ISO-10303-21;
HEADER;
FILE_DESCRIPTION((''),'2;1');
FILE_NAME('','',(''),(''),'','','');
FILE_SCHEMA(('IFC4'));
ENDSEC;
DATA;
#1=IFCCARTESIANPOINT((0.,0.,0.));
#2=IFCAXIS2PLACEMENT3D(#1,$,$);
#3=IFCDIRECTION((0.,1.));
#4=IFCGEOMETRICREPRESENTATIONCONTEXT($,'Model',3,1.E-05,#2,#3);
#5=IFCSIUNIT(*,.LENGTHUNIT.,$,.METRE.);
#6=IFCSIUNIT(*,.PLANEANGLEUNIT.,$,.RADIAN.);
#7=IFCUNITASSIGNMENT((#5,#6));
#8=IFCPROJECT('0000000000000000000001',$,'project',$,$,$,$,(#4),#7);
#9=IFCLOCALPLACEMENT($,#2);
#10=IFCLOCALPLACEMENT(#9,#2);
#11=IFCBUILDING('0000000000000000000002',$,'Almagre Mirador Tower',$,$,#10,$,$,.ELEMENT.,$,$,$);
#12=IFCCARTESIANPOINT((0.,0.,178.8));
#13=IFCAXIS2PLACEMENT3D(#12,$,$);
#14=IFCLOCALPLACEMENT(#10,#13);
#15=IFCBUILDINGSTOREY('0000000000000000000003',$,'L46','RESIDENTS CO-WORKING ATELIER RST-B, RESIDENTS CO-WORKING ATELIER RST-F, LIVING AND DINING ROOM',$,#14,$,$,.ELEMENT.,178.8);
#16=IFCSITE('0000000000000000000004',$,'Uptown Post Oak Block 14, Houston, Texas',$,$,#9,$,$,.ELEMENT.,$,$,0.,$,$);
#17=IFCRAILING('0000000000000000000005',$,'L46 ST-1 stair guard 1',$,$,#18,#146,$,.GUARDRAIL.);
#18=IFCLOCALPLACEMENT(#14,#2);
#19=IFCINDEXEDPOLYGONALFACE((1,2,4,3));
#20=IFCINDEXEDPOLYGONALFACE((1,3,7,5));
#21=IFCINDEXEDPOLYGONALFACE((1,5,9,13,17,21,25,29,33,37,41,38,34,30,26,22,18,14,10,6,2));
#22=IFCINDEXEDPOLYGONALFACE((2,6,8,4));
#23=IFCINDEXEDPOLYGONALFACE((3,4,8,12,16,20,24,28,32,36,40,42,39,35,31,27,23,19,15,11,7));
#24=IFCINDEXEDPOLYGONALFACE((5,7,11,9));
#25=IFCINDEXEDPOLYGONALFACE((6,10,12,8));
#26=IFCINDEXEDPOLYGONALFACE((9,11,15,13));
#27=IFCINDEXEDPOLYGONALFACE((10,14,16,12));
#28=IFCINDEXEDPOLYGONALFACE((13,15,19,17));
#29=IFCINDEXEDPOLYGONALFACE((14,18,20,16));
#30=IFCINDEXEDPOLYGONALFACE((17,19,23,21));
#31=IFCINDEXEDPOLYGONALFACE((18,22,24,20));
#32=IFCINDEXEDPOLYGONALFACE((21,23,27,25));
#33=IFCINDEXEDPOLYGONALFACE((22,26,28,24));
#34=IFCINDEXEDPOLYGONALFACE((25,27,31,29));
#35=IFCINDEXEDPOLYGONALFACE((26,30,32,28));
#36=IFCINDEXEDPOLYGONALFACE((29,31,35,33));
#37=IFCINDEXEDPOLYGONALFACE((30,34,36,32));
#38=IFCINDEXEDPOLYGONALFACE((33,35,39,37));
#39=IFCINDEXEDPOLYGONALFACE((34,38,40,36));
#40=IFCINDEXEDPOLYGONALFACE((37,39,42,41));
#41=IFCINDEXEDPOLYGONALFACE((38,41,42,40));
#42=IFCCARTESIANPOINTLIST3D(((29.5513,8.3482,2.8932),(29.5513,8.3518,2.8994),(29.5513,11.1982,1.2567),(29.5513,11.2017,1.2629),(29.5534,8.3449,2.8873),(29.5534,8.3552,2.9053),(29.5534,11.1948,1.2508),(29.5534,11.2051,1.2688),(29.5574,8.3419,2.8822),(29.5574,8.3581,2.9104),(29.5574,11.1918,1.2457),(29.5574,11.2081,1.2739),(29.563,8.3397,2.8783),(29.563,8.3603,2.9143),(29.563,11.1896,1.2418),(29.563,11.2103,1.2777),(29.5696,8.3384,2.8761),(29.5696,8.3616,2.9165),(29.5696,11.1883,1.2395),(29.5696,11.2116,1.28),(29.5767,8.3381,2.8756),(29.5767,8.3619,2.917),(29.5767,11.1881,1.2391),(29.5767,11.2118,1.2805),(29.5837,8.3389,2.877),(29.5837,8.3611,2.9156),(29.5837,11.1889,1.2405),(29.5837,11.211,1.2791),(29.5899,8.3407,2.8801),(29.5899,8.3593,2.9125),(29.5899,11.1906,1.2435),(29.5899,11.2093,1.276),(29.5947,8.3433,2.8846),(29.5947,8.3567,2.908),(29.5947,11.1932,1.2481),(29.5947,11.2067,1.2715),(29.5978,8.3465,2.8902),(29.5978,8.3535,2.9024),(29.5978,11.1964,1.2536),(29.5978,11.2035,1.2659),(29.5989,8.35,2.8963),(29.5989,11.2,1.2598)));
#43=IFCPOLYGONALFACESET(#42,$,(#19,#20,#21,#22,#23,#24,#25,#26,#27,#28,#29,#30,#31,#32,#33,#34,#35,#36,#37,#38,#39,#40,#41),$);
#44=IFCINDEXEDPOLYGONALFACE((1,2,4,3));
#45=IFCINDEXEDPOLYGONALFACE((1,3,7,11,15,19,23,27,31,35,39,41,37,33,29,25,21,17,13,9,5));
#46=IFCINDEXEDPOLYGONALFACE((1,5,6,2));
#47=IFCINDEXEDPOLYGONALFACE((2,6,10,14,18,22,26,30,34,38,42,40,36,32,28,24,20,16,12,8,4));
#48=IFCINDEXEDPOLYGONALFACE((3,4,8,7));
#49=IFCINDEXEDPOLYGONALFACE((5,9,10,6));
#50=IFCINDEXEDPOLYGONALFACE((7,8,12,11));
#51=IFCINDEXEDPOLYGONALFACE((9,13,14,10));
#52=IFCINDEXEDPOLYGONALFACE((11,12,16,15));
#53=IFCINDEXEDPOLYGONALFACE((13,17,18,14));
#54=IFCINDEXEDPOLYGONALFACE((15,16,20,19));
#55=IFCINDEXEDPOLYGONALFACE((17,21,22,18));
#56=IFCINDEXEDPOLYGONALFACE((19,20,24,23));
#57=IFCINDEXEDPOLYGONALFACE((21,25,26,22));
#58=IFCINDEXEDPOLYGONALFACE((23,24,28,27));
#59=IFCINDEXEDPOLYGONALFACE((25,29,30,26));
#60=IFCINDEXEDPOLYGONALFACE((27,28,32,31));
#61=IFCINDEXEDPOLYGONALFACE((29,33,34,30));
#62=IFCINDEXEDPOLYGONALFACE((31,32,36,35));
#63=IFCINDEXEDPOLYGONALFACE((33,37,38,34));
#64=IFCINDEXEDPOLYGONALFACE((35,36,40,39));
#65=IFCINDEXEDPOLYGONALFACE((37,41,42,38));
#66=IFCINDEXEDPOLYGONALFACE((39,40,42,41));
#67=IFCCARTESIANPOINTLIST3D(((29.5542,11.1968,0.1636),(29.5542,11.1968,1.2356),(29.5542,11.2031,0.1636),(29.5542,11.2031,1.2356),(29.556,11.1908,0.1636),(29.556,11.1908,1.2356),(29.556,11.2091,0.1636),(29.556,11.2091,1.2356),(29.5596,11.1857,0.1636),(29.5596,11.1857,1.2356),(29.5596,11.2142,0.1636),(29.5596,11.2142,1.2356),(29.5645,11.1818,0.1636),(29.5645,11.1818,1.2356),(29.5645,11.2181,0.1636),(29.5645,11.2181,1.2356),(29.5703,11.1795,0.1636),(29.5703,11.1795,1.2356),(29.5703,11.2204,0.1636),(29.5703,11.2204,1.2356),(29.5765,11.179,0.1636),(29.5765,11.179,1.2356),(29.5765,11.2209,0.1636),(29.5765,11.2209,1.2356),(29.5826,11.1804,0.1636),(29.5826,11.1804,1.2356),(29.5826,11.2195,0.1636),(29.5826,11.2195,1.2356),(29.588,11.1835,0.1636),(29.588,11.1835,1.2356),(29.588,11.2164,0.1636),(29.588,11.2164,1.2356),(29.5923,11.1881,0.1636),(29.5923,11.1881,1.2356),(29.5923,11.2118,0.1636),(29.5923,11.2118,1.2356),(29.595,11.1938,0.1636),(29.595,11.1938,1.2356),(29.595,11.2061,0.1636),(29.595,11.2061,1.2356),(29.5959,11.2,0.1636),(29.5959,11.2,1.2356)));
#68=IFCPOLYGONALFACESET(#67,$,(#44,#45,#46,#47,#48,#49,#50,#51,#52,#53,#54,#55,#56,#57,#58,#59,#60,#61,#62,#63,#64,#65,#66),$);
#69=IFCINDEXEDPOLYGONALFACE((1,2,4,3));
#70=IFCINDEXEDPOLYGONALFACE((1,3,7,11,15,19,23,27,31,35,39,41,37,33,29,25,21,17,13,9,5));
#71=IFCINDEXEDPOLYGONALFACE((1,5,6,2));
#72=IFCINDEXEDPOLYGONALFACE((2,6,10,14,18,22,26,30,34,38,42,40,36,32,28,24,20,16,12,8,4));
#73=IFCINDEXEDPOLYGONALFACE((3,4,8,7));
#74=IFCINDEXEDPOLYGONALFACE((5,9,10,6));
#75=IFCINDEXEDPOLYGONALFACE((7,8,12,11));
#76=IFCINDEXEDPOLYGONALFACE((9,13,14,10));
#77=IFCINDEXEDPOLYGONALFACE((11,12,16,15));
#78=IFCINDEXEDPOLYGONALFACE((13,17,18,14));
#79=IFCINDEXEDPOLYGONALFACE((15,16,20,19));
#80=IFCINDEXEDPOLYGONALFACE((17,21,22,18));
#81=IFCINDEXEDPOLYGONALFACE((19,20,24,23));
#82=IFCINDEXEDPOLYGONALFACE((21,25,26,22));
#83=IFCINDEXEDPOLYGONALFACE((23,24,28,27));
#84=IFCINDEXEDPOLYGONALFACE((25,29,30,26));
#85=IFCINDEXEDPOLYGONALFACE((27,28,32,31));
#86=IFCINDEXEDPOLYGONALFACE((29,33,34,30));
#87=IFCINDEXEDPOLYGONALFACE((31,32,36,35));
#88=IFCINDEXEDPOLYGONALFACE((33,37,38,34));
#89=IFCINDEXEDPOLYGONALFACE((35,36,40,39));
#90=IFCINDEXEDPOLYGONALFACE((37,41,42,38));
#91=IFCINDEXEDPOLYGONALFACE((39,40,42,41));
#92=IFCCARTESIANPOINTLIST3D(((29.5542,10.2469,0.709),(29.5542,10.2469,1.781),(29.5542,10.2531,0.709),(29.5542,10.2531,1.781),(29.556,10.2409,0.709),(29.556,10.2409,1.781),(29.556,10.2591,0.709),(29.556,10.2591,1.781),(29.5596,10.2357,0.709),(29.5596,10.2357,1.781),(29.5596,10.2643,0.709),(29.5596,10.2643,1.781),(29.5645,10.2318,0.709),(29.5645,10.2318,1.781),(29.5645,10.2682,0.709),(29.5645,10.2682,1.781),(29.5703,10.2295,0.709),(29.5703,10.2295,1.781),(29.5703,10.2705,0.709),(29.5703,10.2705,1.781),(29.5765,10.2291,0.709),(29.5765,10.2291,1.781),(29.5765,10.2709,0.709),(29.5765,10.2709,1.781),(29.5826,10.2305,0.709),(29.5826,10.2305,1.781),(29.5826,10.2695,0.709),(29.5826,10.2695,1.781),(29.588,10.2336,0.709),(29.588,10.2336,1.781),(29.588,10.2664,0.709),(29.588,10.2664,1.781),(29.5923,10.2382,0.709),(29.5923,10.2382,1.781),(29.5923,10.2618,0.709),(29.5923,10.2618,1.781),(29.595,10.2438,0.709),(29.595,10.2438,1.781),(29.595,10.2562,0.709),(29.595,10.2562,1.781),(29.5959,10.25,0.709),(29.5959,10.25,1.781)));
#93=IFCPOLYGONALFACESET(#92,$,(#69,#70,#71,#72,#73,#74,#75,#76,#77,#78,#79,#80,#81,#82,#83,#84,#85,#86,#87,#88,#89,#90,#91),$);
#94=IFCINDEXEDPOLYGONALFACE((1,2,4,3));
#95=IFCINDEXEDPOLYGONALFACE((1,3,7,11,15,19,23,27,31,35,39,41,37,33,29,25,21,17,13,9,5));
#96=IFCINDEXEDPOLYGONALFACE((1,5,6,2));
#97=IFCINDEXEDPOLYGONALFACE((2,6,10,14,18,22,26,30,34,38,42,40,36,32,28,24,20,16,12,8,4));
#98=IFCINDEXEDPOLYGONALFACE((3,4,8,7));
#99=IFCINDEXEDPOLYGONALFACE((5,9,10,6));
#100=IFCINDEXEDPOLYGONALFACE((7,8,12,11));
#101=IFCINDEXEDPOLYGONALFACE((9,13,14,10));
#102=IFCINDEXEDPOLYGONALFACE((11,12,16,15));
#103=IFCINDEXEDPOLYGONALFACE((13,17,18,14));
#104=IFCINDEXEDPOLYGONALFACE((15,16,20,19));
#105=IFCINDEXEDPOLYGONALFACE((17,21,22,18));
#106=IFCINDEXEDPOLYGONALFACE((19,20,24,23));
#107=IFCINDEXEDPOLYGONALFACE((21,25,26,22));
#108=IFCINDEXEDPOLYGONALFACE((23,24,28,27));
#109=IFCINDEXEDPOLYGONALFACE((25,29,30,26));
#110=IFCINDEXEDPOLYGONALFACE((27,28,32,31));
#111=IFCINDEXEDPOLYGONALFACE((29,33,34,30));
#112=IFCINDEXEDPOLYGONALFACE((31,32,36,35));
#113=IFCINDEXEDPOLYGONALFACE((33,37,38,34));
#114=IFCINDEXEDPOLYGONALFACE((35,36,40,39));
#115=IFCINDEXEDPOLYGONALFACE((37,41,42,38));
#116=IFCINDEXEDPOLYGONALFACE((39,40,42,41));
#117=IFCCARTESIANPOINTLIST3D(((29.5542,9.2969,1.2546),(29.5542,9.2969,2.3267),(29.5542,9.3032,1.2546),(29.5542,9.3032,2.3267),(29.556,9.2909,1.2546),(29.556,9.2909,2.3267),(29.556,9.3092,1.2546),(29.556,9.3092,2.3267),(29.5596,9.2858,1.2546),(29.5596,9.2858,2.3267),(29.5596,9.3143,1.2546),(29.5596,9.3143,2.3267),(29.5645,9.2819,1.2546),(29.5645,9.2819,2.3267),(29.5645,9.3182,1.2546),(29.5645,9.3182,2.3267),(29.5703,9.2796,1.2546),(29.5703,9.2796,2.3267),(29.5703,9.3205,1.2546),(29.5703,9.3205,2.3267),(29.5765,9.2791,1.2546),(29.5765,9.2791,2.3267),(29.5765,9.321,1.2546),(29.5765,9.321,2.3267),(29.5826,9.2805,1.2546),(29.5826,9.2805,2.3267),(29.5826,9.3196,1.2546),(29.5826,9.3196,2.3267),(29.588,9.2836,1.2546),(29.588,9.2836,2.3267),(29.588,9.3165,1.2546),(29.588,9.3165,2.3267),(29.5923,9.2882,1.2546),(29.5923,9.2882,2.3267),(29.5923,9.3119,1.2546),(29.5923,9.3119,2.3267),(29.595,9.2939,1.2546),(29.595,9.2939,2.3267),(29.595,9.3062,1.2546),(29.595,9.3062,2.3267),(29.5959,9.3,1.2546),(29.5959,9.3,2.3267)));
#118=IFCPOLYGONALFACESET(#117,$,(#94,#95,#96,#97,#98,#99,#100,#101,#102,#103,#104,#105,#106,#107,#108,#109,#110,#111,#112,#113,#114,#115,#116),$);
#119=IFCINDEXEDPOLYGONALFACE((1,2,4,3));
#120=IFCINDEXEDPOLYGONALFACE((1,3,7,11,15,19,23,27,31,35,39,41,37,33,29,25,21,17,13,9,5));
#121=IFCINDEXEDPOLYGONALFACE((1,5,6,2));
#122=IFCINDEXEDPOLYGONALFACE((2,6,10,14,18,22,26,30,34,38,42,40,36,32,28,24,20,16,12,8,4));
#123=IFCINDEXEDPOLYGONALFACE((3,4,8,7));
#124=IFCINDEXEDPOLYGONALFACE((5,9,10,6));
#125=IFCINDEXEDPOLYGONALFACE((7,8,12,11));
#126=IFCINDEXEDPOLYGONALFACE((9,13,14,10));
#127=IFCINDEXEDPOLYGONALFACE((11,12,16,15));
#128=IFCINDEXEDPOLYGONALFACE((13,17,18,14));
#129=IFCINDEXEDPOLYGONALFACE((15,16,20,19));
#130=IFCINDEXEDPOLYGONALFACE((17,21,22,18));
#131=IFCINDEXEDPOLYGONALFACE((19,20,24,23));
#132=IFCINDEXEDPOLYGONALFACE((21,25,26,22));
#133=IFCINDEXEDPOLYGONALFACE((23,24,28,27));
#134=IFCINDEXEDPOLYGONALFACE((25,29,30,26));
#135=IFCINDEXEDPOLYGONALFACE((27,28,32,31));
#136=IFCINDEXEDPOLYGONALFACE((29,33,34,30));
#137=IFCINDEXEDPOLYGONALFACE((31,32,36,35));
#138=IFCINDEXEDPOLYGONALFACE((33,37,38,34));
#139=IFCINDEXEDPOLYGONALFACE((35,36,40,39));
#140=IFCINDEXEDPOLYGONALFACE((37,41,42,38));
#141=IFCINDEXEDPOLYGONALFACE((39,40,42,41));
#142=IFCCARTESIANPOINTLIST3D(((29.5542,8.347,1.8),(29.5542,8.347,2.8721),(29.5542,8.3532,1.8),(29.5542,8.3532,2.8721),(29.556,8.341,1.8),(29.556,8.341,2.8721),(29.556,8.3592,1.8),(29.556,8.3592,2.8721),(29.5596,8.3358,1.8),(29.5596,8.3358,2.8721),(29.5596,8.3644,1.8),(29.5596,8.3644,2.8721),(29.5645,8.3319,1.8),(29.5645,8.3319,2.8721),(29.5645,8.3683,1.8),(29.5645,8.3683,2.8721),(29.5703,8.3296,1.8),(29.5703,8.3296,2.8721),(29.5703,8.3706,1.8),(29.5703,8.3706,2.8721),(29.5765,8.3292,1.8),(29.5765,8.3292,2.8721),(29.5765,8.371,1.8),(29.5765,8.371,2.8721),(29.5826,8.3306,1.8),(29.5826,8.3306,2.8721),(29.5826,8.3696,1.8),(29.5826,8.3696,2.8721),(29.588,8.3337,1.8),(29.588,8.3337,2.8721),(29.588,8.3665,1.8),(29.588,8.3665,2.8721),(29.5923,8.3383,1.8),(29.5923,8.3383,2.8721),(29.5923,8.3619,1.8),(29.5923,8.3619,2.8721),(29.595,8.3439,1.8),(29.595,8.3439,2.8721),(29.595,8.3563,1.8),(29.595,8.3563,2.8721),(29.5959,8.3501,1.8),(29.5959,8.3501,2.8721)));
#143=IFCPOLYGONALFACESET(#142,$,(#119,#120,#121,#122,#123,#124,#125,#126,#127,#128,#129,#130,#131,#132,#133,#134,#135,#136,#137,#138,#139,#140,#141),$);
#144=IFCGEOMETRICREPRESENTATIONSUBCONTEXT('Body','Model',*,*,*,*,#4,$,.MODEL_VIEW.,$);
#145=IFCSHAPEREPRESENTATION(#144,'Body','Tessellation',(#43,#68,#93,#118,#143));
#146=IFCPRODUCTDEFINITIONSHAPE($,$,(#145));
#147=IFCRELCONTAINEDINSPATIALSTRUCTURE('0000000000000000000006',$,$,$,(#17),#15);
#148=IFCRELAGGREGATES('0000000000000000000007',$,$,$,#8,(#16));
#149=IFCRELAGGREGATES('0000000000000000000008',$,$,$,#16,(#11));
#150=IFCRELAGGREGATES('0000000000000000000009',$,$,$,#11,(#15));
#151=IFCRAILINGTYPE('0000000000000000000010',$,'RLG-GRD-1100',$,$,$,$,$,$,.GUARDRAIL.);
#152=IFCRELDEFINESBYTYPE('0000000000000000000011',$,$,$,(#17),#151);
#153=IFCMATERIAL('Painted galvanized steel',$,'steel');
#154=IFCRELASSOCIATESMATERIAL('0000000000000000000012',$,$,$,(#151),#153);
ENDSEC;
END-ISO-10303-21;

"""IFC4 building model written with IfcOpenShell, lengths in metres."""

from ifc_helpers import new_model, si_unit, direction, frame, origin, origin_2d, place, context, subcontext, project, spatial, circle, extrude, material, type_object, element, save


model = new_model("IFC4")

# Units and contexts
model_context = context("Model", 3, precision=1e-05, world=origin(), true_north=direction((0.0, 1.0)))
body_context = subcontext(model_context, "Body", "Model", "MODEL_VIEW")
ifc_project = project(units=[si_unit("LENGTHUNIT", "METRE"), si_unit("PLANEANGLEUNIT", "RADIAN")], contexts=[model_context])

# Site, building, storey
site_placement = place(None, origin())
site = spatial("IfcSite", under=ifc_project, at=site_placement, Name="Uptown Post Oak Block 14, Houston, Texas", CompositionType="ELEMENT", RefElevation=0.0)
building_placement = place(site_placement, origin())
building = spatial("IfcBuilding", under=site, at=building_placement, Name="Almagre Mirador Tower", CompositionType="ELEMENT")
storey_placement = place(building_placement, frame((0.0, 0.0, 178.8)))
storey = spatial("IfcBuildingStorey", under=building, at=storey_placement, Name="L46", Description="RESIDENTS CO-WORKING ATELIER RST-B, RESIDENTS CO-WORKING ATELIER RST-F, LIVING AND DINING ROOM", CompositionType="ELEMENT", Elevation=178.8)

# Railing
ifc_material_1 = material(Name="Painted galvanized steel", Category="steel")
railing_type = type_object("IfcRailingType", Name="RLG-GRD-1100", PredefinedType="GUARDRAIL", material=ifc_material_1)
railing_1_placement = place(storey_placement, frame((29.575, 11.2, 0.1636)))
element("IfcRailing", 1, at=railing_1_placement, inside=storey, type_object=railing_type, Name="L46 ST-1 stair guard 1", PredefinedType="GUARDRAIL", context=body_context, shape_type="SweptSolid", body=[
    extrude(circle(Radius=0.0239, at=origin_2d()), frame((0.0, 0.0, 1.0962), z_axis=(0.0, -0.867194, 0.49797), x_axis=(1.0, 0.0, 0.0)), (0.0, 0.0, 1.0), 3.2864),
    extrude(circle(Radius=0.021, at=origin_2d()), origin(), (0.0, 0.0, 1.0), 1.072),
    extrude(circle(Radius=0.021, at=origin_2d()), frame((0.0, -0.95, 0.5454)), (0.0, 0.0, 1.0), 1.072),
    extrude(circle(Radius=0.021, at=origin_2d()), frame((0.0, -1.8999, 1.0911)), (0.0, 0.0, 1.0), 1.072),
    extrude(circle(Radius=0.021, at=origin_2d()), frame((0.0, -2.8499, 1.6365)), (0.0, 0.0, 1.0), 1.072),
])

save(model, "model.ifc")
